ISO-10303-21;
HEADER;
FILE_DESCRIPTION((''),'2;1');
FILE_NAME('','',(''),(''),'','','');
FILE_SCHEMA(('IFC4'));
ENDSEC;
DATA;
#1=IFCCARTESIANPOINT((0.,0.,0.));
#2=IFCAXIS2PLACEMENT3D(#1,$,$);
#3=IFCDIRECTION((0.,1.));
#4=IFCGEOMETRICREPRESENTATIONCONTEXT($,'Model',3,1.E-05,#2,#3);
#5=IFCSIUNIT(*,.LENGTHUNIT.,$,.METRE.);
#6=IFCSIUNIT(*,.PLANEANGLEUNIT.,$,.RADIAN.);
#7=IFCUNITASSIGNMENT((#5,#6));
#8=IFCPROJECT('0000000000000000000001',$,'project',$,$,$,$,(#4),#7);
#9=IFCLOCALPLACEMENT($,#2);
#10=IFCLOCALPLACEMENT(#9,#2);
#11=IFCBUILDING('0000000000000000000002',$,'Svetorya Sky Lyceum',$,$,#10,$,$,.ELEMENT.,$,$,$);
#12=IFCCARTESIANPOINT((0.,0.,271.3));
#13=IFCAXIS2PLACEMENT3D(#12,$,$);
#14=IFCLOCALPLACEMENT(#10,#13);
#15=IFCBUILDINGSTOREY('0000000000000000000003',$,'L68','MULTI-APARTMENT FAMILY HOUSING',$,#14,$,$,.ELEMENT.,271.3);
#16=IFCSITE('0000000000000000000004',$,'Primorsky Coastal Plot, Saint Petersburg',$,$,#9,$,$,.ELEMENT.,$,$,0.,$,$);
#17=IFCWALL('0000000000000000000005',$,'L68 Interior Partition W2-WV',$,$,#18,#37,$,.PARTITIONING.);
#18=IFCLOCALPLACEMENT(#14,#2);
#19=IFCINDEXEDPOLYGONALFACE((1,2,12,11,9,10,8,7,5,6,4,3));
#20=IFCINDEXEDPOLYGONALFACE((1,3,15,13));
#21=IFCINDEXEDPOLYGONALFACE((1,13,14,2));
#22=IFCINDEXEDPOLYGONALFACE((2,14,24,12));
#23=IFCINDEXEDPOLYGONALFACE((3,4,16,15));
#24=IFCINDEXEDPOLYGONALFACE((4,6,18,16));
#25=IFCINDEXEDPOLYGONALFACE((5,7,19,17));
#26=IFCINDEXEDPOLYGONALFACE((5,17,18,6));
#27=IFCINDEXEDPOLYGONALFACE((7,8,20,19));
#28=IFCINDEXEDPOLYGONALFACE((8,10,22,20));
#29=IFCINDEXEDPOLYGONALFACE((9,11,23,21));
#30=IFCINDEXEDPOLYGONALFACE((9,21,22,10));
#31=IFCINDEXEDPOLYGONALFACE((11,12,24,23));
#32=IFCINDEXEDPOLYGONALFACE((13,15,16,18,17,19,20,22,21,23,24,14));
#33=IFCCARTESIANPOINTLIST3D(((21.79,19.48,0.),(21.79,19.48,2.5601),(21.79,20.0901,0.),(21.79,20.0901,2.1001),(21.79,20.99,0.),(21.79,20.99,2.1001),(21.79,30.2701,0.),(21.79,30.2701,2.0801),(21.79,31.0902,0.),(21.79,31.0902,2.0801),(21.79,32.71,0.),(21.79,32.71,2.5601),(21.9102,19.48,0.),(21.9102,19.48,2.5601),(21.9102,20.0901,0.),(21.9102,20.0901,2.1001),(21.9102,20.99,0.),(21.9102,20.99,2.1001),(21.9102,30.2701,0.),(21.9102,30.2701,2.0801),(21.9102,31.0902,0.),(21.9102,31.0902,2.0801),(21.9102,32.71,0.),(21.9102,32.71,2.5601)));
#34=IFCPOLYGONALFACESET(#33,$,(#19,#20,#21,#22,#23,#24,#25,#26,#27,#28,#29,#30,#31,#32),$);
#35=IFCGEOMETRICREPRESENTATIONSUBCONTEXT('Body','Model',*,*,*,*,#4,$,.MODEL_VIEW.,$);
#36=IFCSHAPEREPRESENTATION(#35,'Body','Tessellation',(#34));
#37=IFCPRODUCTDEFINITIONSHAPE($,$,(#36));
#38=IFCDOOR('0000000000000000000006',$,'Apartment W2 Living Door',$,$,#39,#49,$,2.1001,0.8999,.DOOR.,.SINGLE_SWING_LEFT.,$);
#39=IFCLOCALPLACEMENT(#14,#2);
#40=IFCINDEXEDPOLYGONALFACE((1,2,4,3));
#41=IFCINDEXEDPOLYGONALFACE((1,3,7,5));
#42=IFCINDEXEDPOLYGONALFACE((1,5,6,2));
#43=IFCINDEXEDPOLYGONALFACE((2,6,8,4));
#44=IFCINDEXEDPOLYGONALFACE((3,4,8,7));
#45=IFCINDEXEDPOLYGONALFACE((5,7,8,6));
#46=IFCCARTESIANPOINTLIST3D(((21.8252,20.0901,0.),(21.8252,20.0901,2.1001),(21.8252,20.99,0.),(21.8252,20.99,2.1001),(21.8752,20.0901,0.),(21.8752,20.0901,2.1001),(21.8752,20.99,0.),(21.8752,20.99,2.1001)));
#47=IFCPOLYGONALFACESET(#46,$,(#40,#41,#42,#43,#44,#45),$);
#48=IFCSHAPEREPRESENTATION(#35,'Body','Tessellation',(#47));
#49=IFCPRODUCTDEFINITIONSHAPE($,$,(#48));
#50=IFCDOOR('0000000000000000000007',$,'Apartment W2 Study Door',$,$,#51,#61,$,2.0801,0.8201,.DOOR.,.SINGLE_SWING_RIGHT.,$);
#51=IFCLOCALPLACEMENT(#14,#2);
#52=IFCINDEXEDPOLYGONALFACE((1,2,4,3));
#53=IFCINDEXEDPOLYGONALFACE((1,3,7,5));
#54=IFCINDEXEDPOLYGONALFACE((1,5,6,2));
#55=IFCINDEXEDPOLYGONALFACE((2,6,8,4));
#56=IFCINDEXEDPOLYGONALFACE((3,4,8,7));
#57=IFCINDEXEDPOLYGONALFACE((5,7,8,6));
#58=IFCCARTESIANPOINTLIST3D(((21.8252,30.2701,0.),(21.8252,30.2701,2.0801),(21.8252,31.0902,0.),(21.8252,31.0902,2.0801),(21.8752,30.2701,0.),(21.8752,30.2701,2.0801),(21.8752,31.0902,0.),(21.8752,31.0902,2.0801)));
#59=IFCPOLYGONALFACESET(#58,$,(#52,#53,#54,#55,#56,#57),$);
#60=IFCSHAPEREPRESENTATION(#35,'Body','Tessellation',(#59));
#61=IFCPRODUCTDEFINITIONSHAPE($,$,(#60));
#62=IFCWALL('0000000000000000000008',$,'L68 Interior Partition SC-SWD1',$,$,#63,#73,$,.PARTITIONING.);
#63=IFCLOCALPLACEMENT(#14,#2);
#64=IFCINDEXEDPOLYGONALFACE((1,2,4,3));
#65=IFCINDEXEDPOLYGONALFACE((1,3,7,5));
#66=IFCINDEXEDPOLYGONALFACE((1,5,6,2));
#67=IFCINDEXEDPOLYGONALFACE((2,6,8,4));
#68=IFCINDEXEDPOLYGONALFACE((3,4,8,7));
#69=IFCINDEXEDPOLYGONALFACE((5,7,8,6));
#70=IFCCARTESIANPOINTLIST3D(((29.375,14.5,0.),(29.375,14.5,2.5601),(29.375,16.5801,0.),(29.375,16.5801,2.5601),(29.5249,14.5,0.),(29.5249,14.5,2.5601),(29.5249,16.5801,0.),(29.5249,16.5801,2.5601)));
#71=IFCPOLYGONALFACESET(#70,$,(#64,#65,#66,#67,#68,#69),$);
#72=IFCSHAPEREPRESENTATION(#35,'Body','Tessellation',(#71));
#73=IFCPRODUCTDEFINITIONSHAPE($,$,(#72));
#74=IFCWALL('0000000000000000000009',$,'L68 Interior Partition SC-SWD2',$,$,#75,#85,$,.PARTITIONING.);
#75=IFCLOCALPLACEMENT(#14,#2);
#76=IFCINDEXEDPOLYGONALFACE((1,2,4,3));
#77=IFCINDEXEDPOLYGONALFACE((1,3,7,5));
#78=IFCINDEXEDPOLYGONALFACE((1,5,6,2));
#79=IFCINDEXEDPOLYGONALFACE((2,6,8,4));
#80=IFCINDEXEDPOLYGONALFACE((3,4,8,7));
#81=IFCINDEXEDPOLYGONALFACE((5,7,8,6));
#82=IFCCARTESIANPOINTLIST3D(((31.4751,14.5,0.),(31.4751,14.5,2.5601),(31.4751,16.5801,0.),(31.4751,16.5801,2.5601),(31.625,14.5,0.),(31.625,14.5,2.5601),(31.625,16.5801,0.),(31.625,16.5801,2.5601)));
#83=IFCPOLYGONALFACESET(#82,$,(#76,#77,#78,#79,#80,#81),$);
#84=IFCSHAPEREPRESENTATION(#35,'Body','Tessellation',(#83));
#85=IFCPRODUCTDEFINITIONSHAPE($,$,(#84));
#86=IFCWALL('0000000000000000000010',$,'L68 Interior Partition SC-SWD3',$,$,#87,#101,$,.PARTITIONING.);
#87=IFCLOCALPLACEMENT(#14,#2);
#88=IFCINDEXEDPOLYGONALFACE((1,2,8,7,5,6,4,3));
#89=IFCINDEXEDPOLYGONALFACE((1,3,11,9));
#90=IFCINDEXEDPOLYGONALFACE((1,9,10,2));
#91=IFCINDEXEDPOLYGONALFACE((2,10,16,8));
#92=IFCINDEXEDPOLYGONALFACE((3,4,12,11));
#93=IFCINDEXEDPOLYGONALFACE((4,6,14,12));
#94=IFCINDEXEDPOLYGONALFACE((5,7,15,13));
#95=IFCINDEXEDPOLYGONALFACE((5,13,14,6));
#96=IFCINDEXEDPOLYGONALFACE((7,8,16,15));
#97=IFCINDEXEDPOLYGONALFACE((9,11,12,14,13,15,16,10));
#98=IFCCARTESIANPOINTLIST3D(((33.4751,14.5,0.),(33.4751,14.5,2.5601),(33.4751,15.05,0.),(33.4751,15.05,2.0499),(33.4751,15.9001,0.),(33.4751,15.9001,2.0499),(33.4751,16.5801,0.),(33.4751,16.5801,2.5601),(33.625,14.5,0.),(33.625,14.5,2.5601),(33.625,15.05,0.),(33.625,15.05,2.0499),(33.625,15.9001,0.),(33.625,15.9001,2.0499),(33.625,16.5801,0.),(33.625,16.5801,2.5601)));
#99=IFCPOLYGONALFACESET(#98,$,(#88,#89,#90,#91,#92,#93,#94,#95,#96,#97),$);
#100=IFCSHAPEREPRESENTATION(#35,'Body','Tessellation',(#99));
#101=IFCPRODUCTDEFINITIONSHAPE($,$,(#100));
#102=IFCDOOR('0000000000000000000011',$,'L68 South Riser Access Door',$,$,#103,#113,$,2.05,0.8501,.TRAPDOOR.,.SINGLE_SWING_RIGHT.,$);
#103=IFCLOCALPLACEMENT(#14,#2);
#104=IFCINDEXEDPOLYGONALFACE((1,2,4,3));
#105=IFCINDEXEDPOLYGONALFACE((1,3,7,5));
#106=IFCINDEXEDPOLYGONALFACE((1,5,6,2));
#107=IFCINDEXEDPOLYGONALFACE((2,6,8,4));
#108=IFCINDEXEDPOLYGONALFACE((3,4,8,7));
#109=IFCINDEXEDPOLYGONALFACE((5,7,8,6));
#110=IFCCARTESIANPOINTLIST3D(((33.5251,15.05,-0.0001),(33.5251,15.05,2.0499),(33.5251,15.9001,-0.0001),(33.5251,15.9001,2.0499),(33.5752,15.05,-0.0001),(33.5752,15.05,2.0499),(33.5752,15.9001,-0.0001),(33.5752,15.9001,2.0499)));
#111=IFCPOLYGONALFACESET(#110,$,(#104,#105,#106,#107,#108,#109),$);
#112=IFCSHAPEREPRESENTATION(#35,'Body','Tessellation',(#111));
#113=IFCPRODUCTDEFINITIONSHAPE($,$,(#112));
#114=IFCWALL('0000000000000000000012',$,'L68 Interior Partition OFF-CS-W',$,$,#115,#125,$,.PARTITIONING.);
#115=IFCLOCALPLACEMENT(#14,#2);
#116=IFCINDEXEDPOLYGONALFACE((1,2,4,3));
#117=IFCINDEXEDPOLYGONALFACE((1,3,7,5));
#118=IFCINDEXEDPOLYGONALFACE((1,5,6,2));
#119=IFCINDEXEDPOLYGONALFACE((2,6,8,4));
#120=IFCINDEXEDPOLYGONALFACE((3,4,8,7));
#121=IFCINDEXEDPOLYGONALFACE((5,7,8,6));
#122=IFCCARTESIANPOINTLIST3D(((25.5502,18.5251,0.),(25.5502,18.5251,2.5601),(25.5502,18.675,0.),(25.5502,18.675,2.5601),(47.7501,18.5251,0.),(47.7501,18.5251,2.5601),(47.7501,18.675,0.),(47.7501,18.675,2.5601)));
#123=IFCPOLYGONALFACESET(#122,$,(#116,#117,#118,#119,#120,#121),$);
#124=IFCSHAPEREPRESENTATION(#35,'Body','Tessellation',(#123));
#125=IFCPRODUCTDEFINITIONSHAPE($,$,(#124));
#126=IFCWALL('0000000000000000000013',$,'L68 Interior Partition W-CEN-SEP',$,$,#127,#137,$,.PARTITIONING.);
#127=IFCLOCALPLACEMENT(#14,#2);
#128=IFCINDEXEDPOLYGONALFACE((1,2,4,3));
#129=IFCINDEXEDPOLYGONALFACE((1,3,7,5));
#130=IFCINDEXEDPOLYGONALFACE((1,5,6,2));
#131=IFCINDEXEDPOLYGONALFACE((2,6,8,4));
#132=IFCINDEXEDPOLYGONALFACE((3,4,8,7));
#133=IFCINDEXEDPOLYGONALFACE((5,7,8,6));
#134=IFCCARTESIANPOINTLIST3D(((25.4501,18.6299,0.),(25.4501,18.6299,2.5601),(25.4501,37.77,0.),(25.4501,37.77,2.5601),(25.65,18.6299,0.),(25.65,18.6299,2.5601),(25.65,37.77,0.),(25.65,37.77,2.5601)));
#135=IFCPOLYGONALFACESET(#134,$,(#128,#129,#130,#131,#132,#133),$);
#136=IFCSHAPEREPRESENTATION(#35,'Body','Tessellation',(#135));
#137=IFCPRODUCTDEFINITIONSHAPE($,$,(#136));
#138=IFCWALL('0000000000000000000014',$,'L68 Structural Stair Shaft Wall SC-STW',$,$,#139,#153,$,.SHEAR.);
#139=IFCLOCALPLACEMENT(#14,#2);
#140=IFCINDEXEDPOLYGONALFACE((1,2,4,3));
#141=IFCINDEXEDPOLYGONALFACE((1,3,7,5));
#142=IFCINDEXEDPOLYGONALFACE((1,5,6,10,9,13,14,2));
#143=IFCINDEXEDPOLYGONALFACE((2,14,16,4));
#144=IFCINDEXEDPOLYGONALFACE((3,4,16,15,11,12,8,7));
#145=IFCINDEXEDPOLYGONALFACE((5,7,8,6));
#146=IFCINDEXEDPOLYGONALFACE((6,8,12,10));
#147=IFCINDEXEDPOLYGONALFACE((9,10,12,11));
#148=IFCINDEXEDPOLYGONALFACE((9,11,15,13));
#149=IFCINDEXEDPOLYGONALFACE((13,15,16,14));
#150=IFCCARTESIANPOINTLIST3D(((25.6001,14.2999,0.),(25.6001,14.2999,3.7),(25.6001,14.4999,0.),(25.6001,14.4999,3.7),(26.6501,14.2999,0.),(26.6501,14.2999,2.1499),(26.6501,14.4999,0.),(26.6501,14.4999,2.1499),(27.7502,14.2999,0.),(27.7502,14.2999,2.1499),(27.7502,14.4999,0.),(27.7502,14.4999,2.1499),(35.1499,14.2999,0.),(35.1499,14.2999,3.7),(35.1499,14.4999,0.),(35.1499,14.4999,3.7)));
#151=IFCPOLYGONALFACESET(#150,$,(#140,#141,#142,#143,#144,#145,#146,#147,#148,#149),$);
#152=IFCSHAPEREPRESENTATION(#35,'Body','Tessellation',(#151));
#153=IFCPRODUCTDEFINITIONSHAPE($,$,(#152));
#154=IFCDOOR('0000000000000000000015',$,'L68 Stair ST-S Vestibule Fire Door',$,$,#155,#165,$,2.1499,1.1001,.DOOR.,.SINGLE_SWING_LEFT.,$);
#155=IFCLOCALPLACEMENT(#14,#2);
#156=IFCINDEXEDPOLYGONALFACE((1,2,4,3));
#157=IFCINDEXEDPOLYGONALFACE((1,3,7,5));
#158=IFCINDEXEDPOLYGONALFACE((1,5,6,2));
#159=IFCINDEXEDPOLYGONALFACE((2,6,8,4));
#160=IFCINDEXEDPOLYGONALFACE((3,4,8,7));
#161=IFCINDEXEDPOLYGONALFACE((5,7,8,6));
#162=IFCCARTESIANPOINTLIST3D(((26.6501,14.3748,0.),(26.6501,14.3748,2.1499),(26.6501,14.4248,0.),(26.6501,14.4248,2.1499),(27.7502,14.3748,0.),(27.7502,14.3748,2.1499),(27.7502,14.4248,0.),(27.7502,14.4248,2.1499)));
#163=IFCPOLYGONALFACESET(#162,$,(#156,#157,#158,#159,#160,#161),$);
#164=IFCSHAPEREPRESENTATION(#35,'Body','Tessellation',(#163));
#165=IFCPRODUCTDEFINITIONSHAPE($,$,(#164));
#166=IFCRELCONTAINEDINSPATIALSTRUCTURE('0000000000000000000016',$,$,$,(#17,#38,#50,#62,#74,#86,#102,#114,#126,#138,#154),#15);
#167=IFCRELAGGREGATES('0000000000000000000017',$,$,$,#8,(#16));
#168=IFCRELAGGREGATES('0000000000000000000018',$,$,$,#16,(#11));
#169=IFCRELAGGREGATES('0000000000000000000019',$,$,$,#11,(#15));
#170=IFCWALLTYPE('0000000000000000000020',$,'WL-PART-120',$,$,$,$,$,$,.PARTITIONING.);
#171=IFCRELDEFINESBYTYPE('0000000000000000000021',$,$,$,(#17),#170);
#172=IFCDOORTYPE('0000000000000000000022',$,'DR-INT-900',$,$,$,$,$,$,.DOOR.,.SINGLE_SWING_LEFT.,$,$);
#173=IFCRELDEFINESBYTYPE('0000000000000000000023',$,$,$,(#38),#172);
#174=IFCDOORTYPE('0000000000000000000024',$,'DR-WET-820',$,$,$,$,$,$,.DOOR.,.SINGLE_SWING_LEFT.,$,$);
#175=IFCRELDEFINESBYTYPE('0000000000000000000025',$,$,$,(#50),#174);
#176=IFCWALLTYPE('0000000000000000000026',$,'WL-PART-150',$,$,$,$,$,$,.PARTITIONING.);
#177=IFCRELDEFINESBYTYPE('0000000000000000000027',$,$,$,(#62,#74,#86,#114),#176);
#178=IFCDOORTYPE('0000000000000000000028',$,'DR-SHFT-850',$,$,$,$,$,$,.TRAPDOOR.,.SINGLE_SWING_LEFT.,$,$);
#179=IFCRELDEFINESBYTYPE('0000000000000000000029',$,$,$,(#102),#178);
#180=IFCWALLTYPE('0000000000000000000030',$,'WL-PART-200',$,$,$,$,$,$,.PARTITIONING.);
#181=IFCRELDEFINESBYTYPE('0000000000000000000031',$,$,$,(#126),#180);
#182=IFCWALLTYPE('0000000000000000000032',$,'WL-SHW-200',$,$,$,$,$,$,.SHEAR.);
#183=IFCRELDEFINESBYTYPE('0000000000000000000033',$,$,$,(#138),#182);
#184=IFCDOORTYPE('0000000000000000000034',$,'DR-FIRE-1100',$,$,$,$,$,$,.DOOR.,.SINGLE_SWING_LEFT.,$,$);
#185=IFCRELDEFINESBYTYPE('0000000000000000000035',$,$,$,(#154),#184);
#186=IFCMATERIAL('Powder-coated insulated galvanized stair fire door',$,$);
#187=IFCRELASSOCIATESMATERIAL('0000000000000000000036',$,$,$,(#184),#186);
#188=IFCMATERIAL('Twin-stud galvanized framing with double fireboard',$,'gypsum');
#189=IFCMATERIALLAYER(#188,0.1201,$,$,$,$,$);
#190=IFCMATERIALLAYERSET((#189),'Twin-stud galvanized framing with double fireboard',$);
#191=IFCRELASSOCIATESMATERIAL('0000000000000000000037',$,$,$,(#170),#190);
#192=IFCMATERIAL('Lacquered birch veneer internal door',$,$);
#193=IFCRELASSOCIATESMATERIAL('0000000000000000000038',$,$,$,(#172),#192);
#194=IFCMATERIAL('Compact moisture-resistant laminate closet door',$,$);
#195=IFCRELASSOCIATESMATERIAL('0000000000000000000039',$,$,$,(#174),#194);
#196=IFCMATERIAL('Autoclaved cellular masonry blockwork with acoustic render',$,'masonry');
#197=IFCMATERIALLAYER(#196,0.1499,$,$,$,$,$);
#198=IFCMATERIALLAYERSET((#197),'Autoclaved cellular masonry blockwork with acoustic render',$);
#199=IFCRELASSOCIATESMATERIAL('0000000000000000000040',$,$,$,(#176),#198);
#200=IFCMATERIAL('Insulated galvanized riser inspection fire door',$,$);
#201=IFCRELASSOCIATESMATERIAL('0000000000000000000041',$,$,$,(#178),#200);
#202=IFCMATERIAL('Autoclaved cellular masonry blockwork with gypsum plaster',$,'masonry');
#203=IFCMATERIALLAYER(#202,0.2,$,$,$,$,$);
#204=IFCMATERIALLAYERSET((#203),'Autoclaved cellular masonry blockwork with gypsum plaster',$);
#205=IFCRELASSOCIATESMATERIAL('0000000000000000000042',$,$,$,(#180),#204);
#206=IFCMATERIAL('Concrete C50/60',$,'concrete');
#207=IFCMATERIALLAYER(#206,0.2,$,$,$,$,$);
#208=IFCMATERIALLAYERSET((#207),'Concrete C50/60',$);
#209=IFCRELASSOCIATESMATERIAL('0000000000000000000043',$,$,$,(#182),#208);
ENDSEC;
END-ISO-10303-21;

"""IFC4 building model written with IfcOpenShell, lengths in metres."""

from ifc_helpers import new_model, si_unit, direction, frame, frame_2d, origin, place, context, subcontext, project, spatial, rectangle, extrude, material, layer, layer_set, type_object, element, fill, save


model = new_model("IFC4")

# Units and contexts
model_context = context("Model", 3, precision=1e-05, world=origin(), true_north=direction((0.0, 1.0)))
body_context = subcontext(model_context, "Body", "Model", "MODEL_VIEW")
ifc_project = project(units=[si_unit("LENGTHUNIT", "METRE"), si_unit("PLANEANGLEUNIT", "RADIAN")], contexts=[model_context])

# Site, building, storey
site_placement = place(None, origin())
site = spatial("IfcSite", under=ifc_project, at=site_placement, Name="Primorsky Coastal Plot, Saint Petersburg", CompositionType="ELEMENT", RefElevation=0.0)
building_placement = place(site_placement, origin())
building = spatial("IfcBuilding", under=site, at=building_placement, Name="Svetorya Sky Lyceum", CompositionType="ELEMENT")
storey_placement = place(building_placement, frame((0.0, 0.0, 271.3)))
storey = spatial("IfcBuildingStorey", under=building, at=storey_placement, Name="L68", Description="MULTI-APARTMENT FAMILY HOUSING", CompositionType="ELEMENT", Elevation=271.3)

# Wall, openings, doors
ifc_material_1 = material(Name="Concrete C50/60", Category="concrete")
ifc_material_2 = material(Name="Powder-coated insulated galvanized stair fire door")
door_type_1 = type_object("IfcDoorType", Name="DR-FIRE-1100", OperationType="SINGLE_SWING_LEFT", PredefinedType="DOOR", material=ifc_material_2)
ifc_material_3 = material(Name="Twin-stud galvanized framing with double fireboard", Category="gypsum")
ifc_layer_1 = layer(ifc_material_3, 0.1201)
ifc_layer_set_1 = layer_set([ifc_layer_1], Name="Twin-stud galvanized framing with double fireboard")
wall_type_1 = type_object("IfcWallType", Name="WL-PART-120", PredefinedType="PARTITIONING", material=ifc_layer_set_1)
wall_1_placement = place(storey_placement, frame((21.8501, 19.48, 0.0), z_axis=(0.0, 0.0, 1.0), x_axis=(0.0, 1.0, 0.0)))
wall_1 = element("IfcWall", 1, at=wall_1_placement, inside=storey, type_object=wall_type_1, Name="L68 Interior Partition W2-WV", PredefinedType="PARTITIONING", context=body_context, shape_type="SweptSolid", body=[
    extrude(rectangle(XDim=13.23, YDim=0.1201, at=frame_2d((6.615, 0.0))), origin(), (0.0, 0.0, 1.0), 2.5601),
])
opening_1_placement = place(wall_1_placement, frame((0.6101, 0.0, 0.0)))
opening_1 = element("IfcOpeningElement", 2, at=opening_1_placement, cuts=wall_1, PredefinedType="OPENING", context=body_context, shape_type="SweptSolid", body=[
    extrude(rectangle(XDim=0.8999, YDim=2.1001, at=frame_2d((0.45, 1.05))), frame((0.0, 0.0701, 0.0), z_axis=(0.0, -1.0, 0.0), x_axis=(1.0, 0.0, 0.0)), (0.0, 0.0, 1.0), 0.1401),
])
opening_2_placement = place(wall_1_placement, frame((10.79, 0.0, 0.0)))
opening_2 = element("IfcOpeningElement", 3, at=opening_2_placement, cuts=wall_1, PredefinedType="OPENING", context=body_context, shape_type="SweptSolid", body=[
    extrude(rectangle(XDim=0.8201, YDim=2.0801, at=frame_2d((0.4102, 1.04))), frame((0.0, 0.0701, 0.0), z_axis=(0.0, -1.0, 0.0), x_axis=(1.0, 0.0, 0.0)), (0.0, 0.0, 1.0), 0.1401),
])
ifc_material_4 = material(Name="Lacquered birch veneer internal door")
door_type_2 = type_object("IfcDoorType", Name="DR-INT-900", OperationType="SINGLE_SWING_LEFT", PredefinedType="DOOR", material=ifc_material_4)
door_1_placement = place(opening_1_placement, origin())
door_1 = element("IfcDoor", 4, at=door_1_placement, inside=storey, type_object=door_type_2, Name="Apartment W2 Living Door", OperationType="SINGLE_SWING_LEFT", OverallHeight=2.1001, OverallWidth=0.8999, PredefinedType="DOOR", context=body_context, shape_type="SweptSolid", body=[
    extrude(rectangle(XDim=0.8999, YDim=2.1001, at=frame_2d((0.45, 1.05))), frame((0.0, 0.0249, 0.0), z_axis=(0.0, -1.0, 0.0), x_axis=(1.0, 0.0, 0.0)), (0.0, 0.0, 1.0), 0.05),
])
fill(opening_1, door_1)
ifc_material_5 = material(Name="Compact moisture-resistant laminate closet door")
door_type_3 = type_object("IfcDoorType", Name="DR-WET-820", OperationType="SINGLE_SWING_LEFT", PredefinedType="DOOR", material=ifc_material_5)
door_2_placement = place(opening_2_placement, origin())
door_2 = element("IfcDoor", 5, at=door_2_placement, inside=storey, type_object=door_type_3, Name="Apartment W2 Study Door", OperationType="SINGLE_SWING_RIGHT", OverallHeight=2.0801, OverallWidth=0.8201, PredefinedType="DOOR", context=body_context, shape_type="SweptSolid", body=[
    extrude(rectangle(XDim=0.8201, YDim=2.0801, at=frame_2d((0.4102, 1.04))), frame((0.0, 0.0249, 0.0), z_axis=(0.0, -1.0, 0.0), x_axis=(1.0, 0.0, 0.0)), (0.0, 0.0, 1.0), 0.05),
])
fill(opening_2, door_2)

# Walls
ifc_material_6 = material(Name="Autoclaved cellular masonry blockwork with acoustic render", Category="masonry")
ifc_layer_2 = layer(ifc_material_6, 0.1499)
ifc_layer_set_2 = layer_set([ifc_layer_2], Name="Autoclaved cellular masonry blockwork with acoustic render")
wall_type_2 = type_object("IfcWallType", Name="WL-PART-150", PredefinedType="PARTITIONING", material=ifc_layer_set_2)
for number, where, z_axis, x_axis, name in (
    (6, (29.45, 14.5, 0.0), (0.0, 0.0, 1.0), (0.0, 1.0, 0.0), "L68 Interior Partition SC-SWD1"),
    (7, (31.55, 14.5, 0.0), (0.0, 0.0, 1.0), (0.0, 1.0, 0.0), "L68 Interior Partition SC-SWD2"),
):
    element("IfcWall", number, at=place(storey_placement, frame(where, z_axis=z_axis, x_axis=x_axis)), inside=storey, type_object=wall_type_2, Name=name, PredefinedType="PARTITIONING", context=body_context, shape_type="SweptSolid", body=[
        extrude(rectangle(XDim=2.0801, YDim=0.1499, at=frame_2d((1.04, 0.0))), origin(), (0.0, 0.0, 1.0), 2.5601),
    ])

# Wall, opening, door
wall_2_placement = place(storey_placement, frame((33.55, 14.5, 0.0), z_axis=(0.0, 0.0, 1.0), x_axis=(0.0, 1.0, 0.0)))
wall_2 = element("IfcWall", 8, at=wall_2_placement, inside=storey, type_object=wall_type_2, Name="L68 Interior Partition SC-SWD3", PredefinedType="PARTITIONING", context=body_context, shape_type="SweptSolid", body=[
    extrude(rectangle(XDim=2.0801, YDim=0.1499, at=frame_2d((1.04, 0.0))), origin(), (0.0, 0.0, 1.0), 2.5601),
])
opening_3_placement = place(wall_2_placement, frame((0.55, 0.0, 0.0)))
opening_3 = element("IfcOpeningElement", 9, at=opening_3_placement, cuts=wall_2, PredefinedType="OPENING", context=body_context, shape_type="SweptSolid", body=[
    extrude(rectangle(XDim=0.8501, YDim=2.05, at=frame_2d((0.425, 1.0249))), frame((0.0, 0.085, 0.0), z_axis=(0.0, -1.0, 0.0), x_axis=(1.0, 0.0, 0.0)), (0.0, 0.0, 1.0), 0.1699),
])
ifc_material_7 = material(Name="Insulated galvanized riser inspection fire door")
door_type_4 = type_object("IfcDoorType", Name="DR-SHFT-850", OperationType="SINGLE_SWING_LEFT", PredefinedType="TRAPDOOR", material=ifc_material_7)
door_3_placement = place(opening_3_placement, origin())
door_3 = element("IfcDoor", 10, at=door_3_placement, inside=storey, type_object=door_type_4, Name="L68 South Riser Access Door", OperationType="SINGLE_SWING_RIGHT", OverallHeight=2.05, OverallWidth=0.8501, PredefinedType="TRAPDOOR", context=body_context, shape_type="SweptSolid", body=[
    extrude(rectangle(XDim=0.8501, YDim=2.05, at=frame_2d((0.425, 1.0249))), frame((0.0, 0.0249, 0.0), z_axis=(0.0, -1.0, 0.0), x_axis=(1.0, 0.0, 0.0)), (0.0, 0.0, 1.0), 0.05),
])
fill(opening_3, door_3)

# Walls
wall_3_placement = place(storey_placement, frame((25.55, 18.6001, 0.0), z_axis=(0.0, 0.0, 1.0), x_axis=(1.0, 0.0, 0.0)))
element("IfcWall", 11, at=wall_3_placement, inside=storey, type_object=wall_type_2, Name="L68 Interior Partition OFF-CS-W", PredefinedType="PARTITIONING", context=body_context, shape_type="SweptSolid", body=[
    extrude(rectangle(XDim=22.2, YDim=0.1499, at=frame_2d((11.1001, 0.0))), origin(), (0.0, 0.0, 1.0), 2.5601),
])
ifc_material_8 = material(Name="Autoclaved cellular masonry blockwork with gypsum plaster", Category="masonry")
ifc_layer_3 = layer(ifc_material_8, 0.2)
ifc_layer_set_3 = layer_set([ifc_layer_3], Name="Autoclaved cellular masonry blockwork with gypsum plaster")
wall_type_3 = type_object("IfcWallType", Name="WL-PART-200", PredefinedType="PARTITIONING", material=ifc_layer_set_3)
wall_4_placement = place(storey_placement, frame((25.55, 18.6299, 0.0), z_axis=(0.0, 0.0, 1.0), x_axis=(0.0, 1.0, 0.0)))
element("IfcWall", 12, at=wall_4_placement, inside=storey, type_object=wall_type_3, Name="L68 Interior Partition W-CEN-SEP", PredefinedType="PARTITIONING", context=body_context, shape_type="SweptSolid", body=[
    extrude(rectangle(XDim=19.1401, YDim=0.2, at=frame_2d((9.5701, 0.0))), origin(), (0.0, 0.0, 1.0), 2.5601),
])

# Wall, opening, door
ifc_layer_4 = layer(ifc_material_1, 0.2)
ifc_layer_set_4 = layer_set([ifc_layer_4], Name="Concrete C50/60")
wall_type_4 = type_object("IfcWallType", Name="WL-SHW-200", PredefinedType="SHEAR", material=ifc_layer_set_4)
wall_5_placement = place(storey_placement, frame((25.6001, 14.3999, 0.0), z_axis=(0.0, 0.0, 1.0), x_axis=(1.0, 0.0, 0.0)))
wall_5 = element("IfcWall", 13, at=wall_5_placement, inside=storey, type_object=wall_type_4, Name="L68 Structural Stair Shaft Wall SC-STW", PredefinedType="SHEAR", context=body_context, shape_type="SweptSolid", body=[
    extrude(rectangle(XDim=9.5498, YDim=0.2, at=frame_2d((4.7749, 0.0))), origin(), (0.0, 0.0, 1.0), 3.7),
])
opening_4_placement = place(wall_5_placement, frame((1.05, 0.0, 0.0)))
opening_4 = element("IfcOpeningElement", 14, at=opening_4_placement, cuts=wall_5, PredefinedType="OPENING", context=body_context, shape_type="SweptSolid", body=[
    extrude(rectangle(XDim=1.1001, YDim=2.1499, at=frame_2d((0.55, 1.075))), frame((0.0, 0.1099, 0.0), z_axis=(0.0, -1.0, 0.0), x_axis=(1.0, 0.0, 0.0)), (0.0, 0.0, 1.0), 0.22),
])
door_4_placement = place(opening_4_placement, origin())
door_4 = element("IfcDoor", 15, at=door_4_placement, inside=storey, type_object=door_type_1, Name="L68 Stair ST-S Vestibule Fire Door", OperationType="SINGLE_SWING_LEFT", OverallHeight=2.1499, OverallWidth=1.1001, PredefinedType="DOOR", context=body_context, shape_type="SweptSolid", body=[
    extrude(rectangle(XDim=1.1001, YDim=2.1499, at=frame_2d((0.55, 1.075))), frame((0.0, 0.0249, 0.0), z_axis=(0.0, -1.0, 0.0), x_axis=(1.0, 0.0, 0.0)), (0.0, 0.0, 1.0), 0.05),
])
fill(opening_4, door_4)

save(model, "model.ifc")
